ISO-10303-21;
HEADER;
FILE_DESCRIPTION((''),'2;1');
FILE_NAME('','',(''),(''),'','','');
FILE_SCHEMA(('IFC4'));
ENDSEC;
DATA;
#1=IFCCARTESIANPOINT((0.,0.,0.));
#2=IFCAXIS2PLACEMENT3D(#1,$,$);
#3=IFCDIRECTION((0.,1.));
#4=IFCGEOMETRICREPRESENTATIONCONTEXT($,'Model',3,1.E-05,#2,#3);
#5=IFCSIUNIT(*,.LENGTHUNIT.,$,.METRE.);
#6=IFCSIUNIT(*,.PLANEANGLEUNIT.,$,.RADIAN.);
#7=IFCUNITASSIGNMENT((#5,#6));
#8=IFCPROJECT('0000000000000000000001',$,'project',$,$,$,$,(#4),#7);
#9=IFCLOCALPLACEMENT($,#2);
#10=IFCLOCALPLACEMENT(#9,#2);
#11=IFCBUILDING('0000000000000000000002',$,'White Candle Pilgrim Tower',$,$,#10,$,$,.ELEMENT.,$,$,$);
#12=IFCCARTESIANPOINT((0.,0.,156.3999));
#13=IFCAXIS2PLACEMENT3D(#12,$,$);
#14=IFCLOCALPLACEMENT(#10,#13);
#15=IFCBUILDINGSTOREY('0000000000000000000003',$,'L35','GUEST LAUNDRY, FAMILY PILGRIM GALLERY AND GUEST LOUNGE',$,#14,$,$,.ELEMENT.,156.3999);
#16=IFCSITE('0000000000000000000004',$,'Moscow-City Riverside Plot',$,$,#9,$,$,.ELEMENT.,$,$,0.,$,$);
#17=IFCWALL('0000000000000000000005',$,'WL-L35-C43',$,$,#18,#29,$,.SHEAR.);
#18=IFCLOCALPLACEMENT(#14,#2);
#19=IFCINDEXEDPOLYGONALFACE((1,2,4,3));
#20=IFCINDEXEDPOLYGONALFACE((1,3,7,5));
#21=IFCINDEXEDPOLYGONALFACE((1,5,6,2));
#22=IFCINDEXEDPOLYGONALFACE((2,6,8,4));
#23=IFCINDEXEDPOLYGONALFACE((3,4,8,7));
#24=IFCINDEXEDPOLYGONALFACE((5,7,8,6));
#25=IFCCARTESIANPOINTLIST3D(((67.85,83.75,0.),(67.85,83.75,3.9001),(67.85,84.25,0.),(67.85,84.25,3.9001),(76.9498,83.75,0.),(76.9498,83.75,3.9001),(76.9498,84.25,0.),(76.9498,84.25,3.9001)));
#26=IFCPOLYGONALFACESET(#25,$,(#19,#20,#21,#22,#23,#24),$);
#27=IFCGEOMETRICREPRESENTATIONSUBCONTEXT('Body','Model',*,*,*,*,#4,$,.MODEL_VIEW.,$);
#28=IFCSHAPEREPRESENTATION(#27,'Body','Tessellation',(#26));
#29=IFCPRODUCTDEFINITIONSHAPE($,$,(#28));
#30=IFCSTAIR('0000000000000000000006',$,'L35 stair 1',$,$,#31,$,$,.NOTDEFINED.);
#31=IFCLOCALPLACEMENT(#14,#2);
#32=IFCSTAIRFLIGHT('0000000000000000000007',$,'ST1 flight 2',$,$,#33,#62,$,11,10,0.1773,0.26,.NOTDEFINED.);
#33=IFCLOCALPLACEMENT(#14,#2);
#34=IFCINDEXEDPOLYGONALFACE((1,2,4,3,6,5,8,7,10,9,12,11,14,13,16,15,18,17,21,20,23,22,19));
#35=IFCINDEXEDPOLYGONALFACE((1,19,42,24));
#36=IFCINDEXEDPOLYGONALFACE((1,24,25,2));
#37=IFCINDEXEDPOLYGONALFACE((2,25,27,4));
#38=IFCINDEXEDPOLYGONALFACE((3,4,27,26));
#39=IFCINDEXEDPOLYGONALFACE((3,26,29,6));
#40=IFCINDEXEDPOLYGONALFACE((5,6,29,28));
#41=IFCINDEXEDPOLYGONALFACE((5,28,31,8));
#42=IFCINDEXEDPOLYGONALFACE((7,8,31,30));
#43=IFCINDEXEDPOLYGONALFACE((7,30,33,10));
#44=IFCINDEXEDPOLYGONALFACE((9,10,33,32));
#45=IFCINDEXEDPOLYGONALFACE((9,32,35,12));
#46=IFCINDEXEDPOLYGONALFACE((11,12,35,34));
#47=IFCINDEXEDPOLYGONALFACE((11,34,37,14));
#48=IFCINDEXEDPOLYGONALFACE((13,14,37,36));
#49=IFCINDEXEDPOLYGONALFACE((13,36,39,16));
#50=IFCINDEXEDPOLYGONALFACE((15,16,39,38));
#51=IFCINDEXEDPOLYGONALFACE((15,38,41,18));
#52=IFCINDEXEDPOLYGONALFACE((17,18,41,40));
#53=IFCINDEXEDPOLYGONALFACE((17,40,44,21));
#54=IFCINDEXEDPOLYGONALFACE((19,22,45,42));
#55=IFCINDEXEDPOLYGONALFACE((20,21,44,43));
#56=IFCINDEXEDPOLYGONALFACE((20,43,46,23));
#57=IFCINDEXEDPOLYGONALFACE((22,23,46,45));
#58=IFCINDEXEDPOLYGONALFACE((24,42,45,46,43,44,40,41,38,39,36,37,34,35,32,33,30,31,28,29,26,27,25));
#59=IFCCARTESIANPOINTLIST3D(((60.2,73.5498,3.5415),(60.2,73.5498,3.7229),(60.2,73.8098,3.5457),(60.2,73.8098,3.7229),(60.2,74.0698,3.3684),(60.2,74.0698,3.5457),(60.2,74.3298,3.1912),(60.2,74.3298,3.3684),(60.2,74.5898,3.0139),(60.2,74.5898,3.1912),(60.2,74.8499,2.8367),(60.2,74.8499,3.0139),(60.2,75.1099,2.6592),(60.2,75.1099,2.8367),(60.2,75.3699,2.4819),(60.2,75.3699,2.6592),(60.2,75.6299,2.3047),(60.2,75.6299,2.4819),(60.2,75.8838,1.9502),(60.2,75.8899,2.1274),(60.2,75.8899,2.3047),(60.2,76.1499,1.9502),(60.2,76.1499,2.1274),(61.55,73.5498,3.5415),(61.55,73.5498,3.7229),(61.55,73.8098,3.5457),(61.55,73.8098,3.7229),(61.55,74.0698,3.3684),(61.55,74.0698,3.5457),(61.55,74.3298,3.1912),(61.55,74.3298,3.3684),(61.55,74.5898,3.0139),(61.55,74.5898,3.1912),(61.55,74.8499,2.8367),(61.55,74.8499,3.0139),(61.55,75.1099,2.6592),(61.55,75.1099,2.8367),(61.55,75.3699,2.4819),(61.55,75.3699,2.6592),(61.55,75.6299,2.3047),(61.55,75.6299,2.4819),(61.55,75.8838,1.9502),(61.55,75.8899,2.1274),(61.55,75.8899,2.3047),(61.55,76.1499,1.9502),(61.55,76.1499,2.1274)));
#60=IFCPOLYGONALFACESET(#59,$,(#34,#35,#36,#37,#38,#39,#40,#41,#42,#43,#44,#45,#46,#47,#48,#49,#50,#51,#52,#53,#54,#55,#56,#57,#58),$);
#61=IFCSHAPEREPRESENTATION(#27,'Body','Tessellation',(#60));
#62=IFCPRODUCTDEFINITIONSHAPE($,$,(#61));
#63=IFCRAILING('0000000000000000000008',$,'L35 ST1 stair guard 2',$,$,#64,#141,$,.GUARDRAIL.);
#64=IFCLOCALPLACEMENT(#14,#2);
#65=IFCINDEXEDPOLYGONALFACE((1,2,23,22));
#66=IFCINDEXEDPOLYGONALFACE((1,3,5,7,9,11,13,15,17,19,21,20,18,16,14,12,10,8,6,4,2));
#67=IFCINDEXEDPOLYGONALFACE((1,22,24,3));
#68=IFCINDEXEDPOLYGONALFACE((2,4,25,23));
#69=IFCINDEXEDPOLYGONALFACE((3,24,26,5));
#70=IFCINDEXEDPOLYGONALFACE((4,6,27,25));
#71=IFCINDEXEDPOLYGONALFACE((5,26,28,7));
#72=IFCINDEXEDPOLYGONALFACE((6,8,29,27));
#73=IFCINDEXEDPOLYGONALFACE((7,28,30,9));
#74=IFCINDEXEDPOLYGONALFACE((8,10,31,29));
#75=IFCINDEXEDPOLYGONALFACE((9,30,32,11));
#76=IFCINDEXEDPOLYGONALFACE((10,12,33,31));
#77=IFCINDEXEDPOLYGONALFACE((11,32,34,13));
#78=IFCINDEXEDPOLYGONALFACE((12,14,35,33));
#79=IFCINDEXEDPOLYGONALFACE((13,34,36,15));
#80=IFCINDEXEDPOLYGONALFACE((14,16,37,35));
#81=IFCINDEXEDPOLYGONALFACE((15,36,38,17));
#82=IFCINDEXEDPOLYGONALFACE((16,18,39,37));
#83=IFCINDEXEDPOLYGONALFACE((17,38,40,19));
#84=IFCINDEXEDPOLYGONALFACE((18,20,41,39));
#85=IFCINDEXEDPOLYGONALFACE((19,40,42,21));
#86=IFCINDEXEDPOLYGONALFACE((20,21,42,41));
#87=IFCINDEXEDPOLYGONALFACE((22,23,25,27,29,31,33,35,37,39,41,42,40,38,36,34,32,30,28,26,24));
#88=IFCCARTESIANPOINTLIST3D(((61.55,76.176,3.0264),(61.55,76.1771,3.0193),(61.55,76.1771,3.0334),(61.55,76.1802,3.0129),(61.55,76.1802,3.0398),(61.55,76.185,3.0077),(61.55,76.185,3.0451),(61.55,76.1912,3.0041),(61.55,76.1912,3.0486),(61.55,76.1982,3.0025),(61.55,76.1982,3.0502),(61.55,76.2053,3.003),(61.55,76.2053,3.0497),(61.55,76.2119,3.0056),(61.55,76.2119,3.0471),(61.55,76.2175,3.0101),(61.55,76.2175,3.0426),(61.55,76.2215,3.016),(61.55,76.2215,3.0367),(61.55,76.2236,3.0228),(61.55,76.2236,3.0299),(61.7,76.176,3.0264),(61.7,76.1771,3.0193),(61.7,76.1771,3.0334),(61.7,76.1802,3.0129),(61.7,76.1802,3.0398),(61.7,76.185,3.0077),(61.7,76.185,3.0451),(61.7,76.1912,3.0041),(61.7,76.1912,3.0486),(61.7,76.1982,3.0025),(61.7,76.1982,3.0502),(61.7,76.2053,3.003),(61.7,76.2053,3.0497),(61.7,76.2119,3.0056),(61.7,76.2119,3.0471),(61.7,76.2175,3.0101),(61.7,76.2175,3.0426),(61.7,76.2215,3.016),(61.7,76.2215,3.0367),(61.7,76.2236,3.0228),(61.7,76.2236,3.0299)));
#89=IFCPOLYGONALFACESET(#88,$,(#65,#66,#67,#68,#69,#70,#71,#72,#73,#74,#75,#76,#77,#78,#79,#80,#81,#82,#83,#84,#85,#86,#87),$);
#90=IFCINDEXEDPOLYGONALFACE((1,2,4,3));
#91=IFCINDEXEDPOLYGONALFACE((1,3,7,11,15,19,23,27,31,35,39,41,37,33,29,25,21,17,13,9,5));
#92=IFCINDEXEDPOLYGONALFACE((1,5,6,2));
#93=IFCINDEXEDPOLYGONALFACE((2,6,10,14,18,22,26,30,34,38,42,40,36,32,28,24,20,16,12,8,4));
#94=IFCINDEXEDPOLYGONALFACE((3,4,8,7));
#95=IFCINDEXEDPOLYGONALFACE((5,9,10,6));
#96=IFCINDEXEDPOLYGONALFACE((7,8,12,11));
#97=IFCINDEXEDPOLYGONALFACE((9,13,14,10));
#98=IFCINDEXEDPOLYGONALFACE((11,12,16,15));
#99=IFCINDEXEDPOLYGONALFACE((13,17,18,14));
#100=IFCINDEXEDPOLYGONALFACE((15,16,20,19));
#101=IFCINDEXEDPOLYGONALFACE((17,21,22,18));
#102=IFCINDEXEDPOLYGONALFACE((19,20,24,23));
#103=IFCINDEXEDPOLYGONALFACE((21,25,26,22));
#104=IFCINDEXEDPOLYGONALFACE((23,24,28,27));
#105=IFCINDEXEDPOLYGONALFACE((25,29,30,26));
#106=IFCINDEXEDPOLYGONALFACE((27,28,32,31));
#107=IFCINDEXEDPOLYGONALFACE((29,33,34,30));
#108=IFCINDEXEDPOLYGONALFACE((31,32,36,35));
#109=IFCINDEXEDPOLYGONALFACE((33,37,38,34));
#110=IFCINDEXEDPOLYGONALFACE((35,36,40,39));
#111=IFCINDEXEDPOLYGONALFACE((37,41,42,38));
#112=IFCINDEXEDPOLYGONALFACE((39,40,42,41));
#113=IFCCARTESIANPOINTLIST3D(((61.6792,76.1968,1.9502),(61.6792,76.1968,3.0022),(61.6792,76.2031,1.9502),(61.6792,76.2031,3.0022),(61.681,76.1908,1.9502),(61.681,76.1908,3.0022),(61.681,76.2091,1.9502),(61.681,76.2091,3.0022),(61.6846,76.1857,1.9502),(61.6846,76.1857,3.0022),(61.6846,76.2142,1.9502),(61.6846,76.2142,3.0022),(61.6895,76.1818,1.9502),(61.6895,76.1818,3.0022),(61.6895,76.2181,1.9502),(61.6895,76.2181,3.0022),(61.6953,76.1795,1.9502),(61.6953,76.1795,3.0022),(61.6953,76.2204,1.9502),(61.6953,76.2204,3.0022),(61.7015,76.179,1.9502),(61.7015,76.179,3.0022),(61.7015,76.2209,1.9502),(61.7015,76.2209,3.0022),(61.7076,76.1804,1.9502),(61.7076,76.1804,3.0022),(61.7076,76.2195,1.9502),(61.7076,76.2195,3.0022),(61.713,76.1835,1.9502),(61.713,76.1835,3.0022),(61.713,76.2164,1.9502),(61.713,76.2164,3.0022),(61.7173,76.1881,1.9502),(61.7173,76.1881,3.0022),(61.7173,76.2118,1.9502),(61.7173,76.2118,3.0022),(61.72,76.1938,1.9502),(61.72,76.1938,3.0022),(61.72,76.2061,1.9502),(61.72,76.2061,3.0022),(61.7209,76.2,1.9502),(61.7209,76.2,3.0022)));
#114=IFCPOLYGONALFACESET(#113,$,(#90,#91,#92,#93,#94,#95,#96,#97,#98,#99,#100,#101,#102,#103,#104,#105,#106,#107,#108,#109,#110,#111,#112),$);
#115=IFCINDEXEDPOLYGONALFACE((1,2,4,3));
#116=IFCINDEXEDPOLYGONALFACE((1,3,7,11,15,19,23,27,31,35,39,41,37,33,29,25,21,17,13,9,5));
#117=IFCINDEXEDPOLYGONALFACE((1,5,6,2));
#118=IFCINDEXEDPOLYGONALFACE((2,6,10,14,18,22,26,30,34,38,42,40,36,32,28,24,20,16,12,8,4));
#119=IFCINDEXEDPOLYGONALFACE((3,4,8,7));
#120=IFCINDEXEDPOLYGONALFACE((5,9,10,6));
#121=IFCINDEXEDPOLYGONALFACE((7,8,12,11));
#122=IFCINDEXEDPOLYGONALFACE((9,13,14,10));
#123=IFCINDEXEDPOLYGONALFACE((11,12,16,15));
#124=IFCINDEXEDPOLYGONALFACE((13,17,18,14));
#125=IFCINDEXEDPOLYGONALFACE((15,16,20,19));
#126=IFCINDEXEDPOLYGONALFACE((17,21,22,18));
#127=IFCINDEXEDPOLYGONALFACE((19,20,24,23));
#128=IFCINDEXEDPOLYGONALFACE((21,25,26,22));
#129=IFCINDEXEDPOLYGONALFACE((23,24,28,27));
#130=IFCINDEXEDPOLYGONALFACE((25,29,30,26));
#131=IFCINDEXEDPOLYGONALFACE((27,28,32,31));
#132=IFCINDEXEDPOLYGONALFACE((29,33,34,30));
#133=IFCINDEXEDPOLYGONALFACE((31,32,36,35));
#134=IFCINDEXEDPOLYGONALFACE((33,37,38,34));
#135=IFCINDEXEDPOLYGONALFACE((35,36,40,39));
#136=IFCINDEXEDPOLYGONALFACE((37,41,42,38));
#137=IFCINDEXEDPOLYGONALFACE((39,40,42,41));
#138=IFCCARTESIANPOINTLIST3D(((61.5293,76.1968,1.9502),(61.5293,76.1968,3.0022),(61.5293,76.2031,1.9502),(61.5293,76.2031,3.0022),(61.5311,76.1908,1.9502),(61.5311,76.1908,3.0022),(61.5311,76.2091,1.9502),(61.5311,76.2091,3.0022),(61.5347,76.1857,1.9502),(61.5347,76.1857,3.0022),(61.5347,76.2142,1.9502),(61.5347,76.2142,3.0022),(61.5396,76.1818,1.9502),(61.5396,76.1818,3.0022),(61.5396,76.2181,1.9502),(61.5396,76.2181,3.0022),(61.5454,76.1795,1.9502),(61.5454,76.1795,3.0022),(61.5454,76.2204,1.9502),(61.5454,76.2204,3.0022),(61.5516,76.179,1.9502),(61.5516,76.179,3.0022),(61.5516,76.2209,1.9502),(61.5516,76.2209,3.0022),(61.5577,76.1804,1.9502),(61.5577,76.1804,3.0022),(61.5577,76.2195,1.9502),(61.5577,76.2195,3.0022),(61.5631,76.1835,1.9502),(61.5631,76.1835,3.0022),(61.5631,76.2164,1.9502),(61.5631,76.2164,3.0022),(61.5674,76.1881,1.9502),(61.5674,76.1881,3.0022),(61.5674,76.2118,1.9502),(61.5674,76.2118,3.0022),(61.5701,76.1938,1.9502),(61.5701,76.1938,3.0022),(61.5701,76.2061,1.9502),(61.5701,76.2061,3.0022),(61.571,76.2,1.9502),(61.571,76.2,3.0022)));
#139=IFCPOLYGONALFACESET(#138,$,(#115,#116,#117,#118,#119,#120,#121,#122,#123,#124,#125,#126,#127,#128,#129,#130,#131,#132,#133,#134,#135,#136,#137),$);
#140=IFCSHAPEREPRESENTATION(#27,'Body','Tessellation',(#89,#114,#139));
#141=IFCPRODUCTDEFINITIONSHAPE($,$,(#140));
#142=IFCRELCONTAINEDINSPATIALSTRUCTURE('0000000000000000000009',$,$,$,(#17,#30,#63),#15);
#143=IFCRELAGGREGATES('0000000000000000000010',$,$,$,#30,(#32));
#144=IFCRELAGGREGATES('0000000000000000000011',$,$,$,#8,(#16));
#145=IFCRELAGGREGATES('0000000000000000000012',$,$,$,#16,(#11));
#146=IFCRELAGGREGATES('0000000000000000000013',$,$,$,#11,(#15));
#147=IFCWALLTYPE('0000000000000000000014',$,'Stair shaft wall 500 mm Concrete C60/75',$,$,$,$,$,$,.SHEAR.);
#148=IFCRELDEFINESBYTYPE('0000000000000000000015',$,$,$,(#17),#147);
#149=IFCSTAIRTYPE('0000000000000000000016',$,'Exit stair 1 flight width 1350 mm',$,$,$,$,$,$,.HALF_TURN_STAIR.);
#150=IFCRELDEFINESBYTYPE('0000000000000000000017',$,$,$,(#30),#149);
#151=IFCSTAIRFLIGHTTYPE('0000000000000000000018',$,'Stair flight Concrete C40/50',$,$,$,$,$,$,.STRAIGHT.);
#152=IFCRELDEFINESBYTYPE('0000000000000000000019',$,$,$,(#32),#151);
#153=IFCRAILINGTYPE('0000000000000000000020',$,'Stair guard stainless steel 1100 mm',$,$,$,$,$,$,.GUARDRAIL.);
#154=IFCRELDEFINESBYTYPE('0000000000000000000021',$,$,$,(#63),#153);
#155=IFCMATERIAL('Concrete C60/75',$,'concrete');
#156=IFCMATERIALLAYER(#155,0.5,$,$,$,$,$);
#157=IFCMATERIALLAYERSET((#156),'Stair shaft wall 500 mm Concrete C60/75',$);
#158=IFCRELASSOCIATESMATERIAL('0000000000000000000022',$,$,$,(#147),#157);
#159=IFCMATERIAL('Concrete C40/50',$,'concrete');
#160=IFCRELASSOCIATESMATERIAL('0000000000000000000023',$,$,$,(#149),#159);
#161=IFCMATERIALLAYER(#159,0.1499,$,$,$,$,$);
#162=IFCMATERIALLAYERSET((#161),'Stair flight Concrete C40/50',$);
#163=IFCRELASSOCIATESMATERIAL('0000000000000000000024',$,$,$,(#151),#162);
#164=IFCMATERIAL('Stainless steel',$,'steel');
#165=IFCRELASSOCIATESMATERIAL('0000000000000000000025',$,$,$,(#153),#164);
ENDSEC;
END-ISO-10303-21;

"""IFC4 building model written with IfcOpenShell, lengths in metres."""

from ifc_helpers import new_model, si_unit, direction, frame, frame_2d, origin, origin_2d, place, context, subcontext, project, spatial, polyline, rectangle, circle, outline, extrude, material, layer, layer_set, type_object, element, aggregate, save


model = new_model("IFC4")

# Units and contexts
model_context = context("Model", 3, precision=1e-05, world=origin(), true_north=direction((0.0, 1.0)))
body_context = subcontext(model_context, "Body", "Model", "MODEL_VIEW")
ifc_project = project(units=[si_unit("LENGTHUNIT", "METRE"), si_unit("PLANEANGLEUNIT", "RADIAN")], contexts=[model_context])

# Site, building, storey
site_placement = place(None, origin())
site = spatial("IfcSite", under=ifc_project, at=site_placement, Name="Moscow-City Riverside Plot", CompositionType="ELEMENT", RefElevation=0.0)
building_placement = place(site_placement, origin())
building = spatial("IfcBuilding", under=site, at=building_placement, Name="White Candle Pilgrim Tower", CompositionType="ELEMENT")
storey_placement = place(building_placement, frame((0.0, 0.0, 156.3999)))
storey = spatial("IfcBuildingStorey", under=building, at=storey_placement, Name="L35", Description="GUEST LAUNDRY, FAMILY PILGRIM GALLERY AND GUEST LOUNGE", CompositionType="ELEMENT", Elevation=156.3999)

# Shared definitions
ifc_material_1 = material(Name="Concrete C60/75", Category="concrete")

# Shared definitions
ifc_material_2 = material(Name="Stainless steel", Category="steel")

# Wall
ifc_layer_1 = layer(ifc_material_1, 0.5)
ifc_layer_set_1 = layer_set([ifc_layer_1], Name="Stair shaft wall 500 mm Concrete C60/75")
wall_type_1 = type_object("IfcWallType", Name="Stair shaft wall 500 mm Concrete C60/75", PredefinedType="SHEAR", material=ifc_layer_set_1)
wall_1_placement = place(storey_placement, frame((67.8501, 84.0, 0.0), z_axis=(0.0, 0.0, 1.0), x_axis=(1.0, 0.0, 0.0)))
element("IfcWall", 1, at=wall_1_placement, inside=storey, type_object=wall_type_1, Name="WL-L35-C43", PredefinedType="SHEAR", context=body_context, shape_type="SweptSolid", body=[
    extrude(rectangle(XDim=9.0999, YDim=0.5, at=frame_2d((4.5498, 0.0))), origin(), (0.0, 0.0, 1.0), 3.9001),
])

# Stair, stair flight
ifc_material_3 = material(Name="Concrete C40/50", Category="concrete")
stair_type = type_object("IfcStairType", Name="Exit stair 1 flight width 1350 mm", PredefinedType="HALF_TURN_STAIR", material=ifc_material_3)
stair_placement = place(storey_placement, origin())
stair = element("IfcStair", 2, at=stair_placement, inside=storey, type_object=stair_type, Name="L35 stair 1", PredefinedType="NOTDEFINED")
ifc_layer_2 = layer(ifc_material_3, 0.1499)
ifc_layer_set_2 = layer_set([ifc_layer_2], Name="Stair flight Concrete C40/50")
stair_flight_type = type_object("IfcStairFlightType", Name="Stair flight Concrete C40/50", PredefinedType="STRAIGHT", material=ifc_layer_set_2)
stair_flight_placement = place(storey_placement, frame((60.875, 76.1499, 1.9502), z_axis=(0.0, 0.0, 1.0), x_axis=(0.0, -1.0, 0.0)))
stair_flight = element("IfcStairFlight", 3, at=stair_flight_placement, type_object=stair_flight_type, Name="ST1 flight 2", NumberOfRisers=11, NumberOfTreads=10, PredefinedType="NOTDEFINED", RiserHeight=0.1773, TreadLength=0.26, context=body_context, shape_type="SweptSolid", body=[
    extrude(outline(polyline([(0.0, 0.0), (0.0, 0.1772), (0.26, 0.1772), (0.26, 0.3545), (0.52, 0.3545), (0.52, 0.5317), (0.78, 0.5317), (0.78, 0.709), (1.04, 0.709), (1.04, 0.8865), (1.3, 0.8865), (1.3, 1.0637), (1.5601, 1.0637), (1.5601, 1.241), (1.8201, 1.241), (1.8201, 1.4182), (2.0801, 1.4182), (2.0801, 1.5955), (2.3401, 1.5955), (2.3401, 1.7727), (2.6001, 1.7727), (2.6001, 1.95), (2.6001, 1.5913), (0.2661, 0.0), (0.0, 0.0)])), frame((0.0, 0.675, 0.0), z_axis=(0.0, -1.0, 0.0), x_axis=(1.0, 0.0, 0.0)), (0.0, 0.0, 1.0), 1.3501),
])
aggregate(stair, [stair_flight])

# Railing
railing_type_1 = type_object("IfcRailingType", Name="Stair guard stainless steel 1100 mm", PredefinedType="GUARDRAIL", material=ifc_material_2)
railing_1_placement = place(storey_placement, frame((61.7, 76.2, 1.9502)))
element("IfcRailing", 4, at=railing_1_placement, inside=storey, type_object=railing_type_1, Name="L35 ST1 stair guard 2", PredefinedType="GUARDRAIL", context=body_context, shape_type="SweptSolid", body=[
    extrude(circle(Radius=0.0239, at=origin_2d()), frame((0.0, 0.0, 1.0762), z_axis=(-1.0, 0.0, 0.0), x_axis=(0.0, -1.0, 0.0)), (0.0, 0.0, 1.0), 0.1499),
    extrude(circle(Radius=0.021, at=origin_2d()), origin(), (0.0, 0.0, 1.0), 1.052),
    extrude(circle(Radius=0.021, at=origin_2d()), frame((-0.1499, 0.0, 0.0)), (0.0, 0.0, 1.0), 1.052),
])

save(model, "model.ifc")
